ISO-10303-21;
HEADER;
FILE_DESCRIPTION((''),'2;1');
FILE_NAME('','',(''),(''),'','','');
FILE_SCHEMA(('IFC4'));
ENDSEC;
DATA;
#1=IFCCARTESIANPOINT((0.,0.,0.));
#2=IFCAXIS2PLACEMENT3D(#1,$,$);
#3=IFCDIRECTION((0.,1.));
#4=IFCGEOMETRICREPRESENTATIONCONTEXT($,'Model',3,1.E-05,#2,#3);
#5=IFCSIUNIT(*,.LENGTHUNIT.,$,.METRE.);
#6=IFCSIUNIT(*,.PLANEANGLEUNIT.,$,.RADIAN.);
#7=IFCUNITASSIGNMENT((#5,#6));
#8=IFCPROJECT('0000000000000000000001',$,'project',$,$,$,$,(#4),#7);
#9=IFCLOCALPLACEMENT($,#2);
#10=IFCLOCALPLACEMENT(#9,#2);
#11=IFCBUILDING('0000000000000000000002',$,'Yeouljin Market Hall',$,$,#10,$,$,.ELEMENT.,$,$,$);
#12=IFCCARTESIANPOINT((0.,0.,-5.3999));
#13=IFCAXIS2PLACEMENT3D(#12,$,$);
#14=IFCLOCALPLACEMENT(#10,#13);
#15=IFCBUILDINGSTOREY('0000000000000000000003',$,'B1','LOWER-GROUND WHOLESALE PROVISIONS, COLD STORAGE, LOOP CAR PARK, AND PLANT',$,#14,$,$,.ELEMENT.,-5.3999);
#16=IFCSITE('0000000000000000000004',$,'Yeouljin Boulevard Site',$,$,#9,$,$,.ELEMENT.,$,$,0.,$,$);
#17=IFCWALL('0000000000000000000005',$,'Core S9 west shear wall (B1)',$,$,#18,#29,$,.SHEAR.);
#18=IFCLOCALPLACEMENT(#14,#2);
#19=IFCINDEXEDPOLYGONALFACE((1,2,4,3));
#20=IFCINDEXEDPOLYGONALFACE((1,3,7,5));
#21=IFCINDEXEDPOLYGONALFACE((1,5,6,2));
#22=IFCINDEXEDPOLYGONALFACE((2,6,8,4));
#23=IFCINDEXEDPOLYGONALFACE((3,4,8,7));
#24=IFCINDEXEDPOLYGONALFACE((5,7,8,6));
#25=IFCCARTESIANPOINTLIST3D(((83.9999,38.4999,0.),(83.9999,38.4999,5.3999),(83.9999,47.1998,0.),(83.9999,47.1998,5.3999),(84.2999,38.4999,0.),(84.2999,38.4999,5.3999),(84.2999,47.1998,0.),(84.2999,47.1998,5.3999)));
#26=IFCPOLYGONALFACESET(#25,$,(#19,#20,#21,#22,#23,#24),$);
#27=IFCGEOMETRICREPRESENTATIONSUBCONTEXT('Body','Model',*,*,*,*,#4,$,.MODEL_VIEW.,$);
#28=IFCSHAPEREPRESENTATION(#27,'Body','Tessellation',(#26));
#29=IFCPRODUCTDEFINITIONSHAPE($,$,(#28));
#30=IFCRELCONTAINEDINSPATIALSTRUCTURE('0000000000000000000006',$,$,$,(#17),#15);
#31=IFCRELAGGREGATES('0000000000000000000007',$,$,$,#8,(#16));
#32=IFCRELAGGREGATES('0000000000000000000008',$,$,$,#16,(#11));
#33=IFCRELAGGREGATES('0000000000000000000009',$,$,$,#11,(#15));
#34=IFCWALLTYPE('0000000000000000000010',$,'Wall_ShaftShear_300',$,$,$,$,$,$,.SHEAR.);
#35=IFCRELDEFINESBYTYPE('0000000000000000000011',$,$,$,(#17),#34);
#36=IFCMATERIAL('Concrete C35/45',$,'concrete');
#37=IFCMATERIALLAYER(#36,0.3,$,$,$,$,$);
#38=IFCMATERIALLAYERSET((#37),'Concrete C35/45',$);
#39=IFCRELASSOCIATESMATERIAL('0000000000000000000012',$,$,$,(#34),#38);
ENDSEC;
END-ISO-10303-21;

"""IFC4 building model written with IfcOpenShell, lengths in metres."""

from ifc_helpers import new_model, si_unit, direction, frame, frame_2d, origin, place, context, subcontext, project, spatial, rectangle, extrude, material, layer, layer_set, type_object, element, save


model = new_model("IFC4")

# Units and contexts
model_context = context("Model", 3, precision=1e-05, world=origin(), true_north=direction((0.0, 1.0)))
body_context = subcontext(model_context, "Body", "Model", "MODEL_VIEW")
ifc_project = project(units=[si_unit("LENGTHUNIT", "METRE"), si_unit("PLANEANGLEUNIT", "RADIAN")], contexts=[model_context])

# Site, building, storey
site_placement = place(None, origin())
site = spatial("IfcSite", under=ifc_project, at=site_placement, Name="Yeouljin Boulevard Site", CompositionType="ELEMENT", RefElevation=0.0)
building_placement = place(site_placement, origin())
building = spatial("IfcBuilding", under=site, at=building_placement, Name="Yeouljin Market Hall", CompositionType="ELEMENT")
storey_placement = place(building_placement, frame((0.0, 0.0, -5.3999)))
storey = spatial("IfcBuildingStorey", under=building, at=storey_placement, Name="B1", Description="LOWER-GROUND WHOLESALE PROVISIONS, COLD STORAGE, LOOP CAR PARK, AND PLANT", CompositionType="ELEMENT", Elevation=-5.3999)

# Wall
ifc_material_1 = material(Name="Concrete C35/45", Category="concrete")
ifc_layer_1 = layer(ifc_material_1, 0.3)
ifc_layer_set_1 = layer_set([ifc_layer_1], Name="Concrete C35/45")
wall_type = type_object("IfcWallType", Name="Wall_ShaftShear_300", PredefinedType="SHEAR", material=ifc_layer_set_1)
wall_1_placement = place(storey_placement, frame((84.1499, 47.2, 0.0), z_axis=(0.0, 0.0, 1.0), x_axis=(0.0, -1.0, 0.0)))
element("IfcWall", 1, at=wall_1_placement, inside=storey, type_object=wall_type, Name="Core S9 west shear wall (B1)", PredefinedType="SHEAR", context=body_context, shape_type="SweptSolid", body=[
    extrude(rectangle(XDim=8.7, YDim=0.3, at=frame_2d((4.3501, 0.0))), origin(), (0.0, 0.0, 1.0), 5.3999),
])

save(model, "model.ifc")
